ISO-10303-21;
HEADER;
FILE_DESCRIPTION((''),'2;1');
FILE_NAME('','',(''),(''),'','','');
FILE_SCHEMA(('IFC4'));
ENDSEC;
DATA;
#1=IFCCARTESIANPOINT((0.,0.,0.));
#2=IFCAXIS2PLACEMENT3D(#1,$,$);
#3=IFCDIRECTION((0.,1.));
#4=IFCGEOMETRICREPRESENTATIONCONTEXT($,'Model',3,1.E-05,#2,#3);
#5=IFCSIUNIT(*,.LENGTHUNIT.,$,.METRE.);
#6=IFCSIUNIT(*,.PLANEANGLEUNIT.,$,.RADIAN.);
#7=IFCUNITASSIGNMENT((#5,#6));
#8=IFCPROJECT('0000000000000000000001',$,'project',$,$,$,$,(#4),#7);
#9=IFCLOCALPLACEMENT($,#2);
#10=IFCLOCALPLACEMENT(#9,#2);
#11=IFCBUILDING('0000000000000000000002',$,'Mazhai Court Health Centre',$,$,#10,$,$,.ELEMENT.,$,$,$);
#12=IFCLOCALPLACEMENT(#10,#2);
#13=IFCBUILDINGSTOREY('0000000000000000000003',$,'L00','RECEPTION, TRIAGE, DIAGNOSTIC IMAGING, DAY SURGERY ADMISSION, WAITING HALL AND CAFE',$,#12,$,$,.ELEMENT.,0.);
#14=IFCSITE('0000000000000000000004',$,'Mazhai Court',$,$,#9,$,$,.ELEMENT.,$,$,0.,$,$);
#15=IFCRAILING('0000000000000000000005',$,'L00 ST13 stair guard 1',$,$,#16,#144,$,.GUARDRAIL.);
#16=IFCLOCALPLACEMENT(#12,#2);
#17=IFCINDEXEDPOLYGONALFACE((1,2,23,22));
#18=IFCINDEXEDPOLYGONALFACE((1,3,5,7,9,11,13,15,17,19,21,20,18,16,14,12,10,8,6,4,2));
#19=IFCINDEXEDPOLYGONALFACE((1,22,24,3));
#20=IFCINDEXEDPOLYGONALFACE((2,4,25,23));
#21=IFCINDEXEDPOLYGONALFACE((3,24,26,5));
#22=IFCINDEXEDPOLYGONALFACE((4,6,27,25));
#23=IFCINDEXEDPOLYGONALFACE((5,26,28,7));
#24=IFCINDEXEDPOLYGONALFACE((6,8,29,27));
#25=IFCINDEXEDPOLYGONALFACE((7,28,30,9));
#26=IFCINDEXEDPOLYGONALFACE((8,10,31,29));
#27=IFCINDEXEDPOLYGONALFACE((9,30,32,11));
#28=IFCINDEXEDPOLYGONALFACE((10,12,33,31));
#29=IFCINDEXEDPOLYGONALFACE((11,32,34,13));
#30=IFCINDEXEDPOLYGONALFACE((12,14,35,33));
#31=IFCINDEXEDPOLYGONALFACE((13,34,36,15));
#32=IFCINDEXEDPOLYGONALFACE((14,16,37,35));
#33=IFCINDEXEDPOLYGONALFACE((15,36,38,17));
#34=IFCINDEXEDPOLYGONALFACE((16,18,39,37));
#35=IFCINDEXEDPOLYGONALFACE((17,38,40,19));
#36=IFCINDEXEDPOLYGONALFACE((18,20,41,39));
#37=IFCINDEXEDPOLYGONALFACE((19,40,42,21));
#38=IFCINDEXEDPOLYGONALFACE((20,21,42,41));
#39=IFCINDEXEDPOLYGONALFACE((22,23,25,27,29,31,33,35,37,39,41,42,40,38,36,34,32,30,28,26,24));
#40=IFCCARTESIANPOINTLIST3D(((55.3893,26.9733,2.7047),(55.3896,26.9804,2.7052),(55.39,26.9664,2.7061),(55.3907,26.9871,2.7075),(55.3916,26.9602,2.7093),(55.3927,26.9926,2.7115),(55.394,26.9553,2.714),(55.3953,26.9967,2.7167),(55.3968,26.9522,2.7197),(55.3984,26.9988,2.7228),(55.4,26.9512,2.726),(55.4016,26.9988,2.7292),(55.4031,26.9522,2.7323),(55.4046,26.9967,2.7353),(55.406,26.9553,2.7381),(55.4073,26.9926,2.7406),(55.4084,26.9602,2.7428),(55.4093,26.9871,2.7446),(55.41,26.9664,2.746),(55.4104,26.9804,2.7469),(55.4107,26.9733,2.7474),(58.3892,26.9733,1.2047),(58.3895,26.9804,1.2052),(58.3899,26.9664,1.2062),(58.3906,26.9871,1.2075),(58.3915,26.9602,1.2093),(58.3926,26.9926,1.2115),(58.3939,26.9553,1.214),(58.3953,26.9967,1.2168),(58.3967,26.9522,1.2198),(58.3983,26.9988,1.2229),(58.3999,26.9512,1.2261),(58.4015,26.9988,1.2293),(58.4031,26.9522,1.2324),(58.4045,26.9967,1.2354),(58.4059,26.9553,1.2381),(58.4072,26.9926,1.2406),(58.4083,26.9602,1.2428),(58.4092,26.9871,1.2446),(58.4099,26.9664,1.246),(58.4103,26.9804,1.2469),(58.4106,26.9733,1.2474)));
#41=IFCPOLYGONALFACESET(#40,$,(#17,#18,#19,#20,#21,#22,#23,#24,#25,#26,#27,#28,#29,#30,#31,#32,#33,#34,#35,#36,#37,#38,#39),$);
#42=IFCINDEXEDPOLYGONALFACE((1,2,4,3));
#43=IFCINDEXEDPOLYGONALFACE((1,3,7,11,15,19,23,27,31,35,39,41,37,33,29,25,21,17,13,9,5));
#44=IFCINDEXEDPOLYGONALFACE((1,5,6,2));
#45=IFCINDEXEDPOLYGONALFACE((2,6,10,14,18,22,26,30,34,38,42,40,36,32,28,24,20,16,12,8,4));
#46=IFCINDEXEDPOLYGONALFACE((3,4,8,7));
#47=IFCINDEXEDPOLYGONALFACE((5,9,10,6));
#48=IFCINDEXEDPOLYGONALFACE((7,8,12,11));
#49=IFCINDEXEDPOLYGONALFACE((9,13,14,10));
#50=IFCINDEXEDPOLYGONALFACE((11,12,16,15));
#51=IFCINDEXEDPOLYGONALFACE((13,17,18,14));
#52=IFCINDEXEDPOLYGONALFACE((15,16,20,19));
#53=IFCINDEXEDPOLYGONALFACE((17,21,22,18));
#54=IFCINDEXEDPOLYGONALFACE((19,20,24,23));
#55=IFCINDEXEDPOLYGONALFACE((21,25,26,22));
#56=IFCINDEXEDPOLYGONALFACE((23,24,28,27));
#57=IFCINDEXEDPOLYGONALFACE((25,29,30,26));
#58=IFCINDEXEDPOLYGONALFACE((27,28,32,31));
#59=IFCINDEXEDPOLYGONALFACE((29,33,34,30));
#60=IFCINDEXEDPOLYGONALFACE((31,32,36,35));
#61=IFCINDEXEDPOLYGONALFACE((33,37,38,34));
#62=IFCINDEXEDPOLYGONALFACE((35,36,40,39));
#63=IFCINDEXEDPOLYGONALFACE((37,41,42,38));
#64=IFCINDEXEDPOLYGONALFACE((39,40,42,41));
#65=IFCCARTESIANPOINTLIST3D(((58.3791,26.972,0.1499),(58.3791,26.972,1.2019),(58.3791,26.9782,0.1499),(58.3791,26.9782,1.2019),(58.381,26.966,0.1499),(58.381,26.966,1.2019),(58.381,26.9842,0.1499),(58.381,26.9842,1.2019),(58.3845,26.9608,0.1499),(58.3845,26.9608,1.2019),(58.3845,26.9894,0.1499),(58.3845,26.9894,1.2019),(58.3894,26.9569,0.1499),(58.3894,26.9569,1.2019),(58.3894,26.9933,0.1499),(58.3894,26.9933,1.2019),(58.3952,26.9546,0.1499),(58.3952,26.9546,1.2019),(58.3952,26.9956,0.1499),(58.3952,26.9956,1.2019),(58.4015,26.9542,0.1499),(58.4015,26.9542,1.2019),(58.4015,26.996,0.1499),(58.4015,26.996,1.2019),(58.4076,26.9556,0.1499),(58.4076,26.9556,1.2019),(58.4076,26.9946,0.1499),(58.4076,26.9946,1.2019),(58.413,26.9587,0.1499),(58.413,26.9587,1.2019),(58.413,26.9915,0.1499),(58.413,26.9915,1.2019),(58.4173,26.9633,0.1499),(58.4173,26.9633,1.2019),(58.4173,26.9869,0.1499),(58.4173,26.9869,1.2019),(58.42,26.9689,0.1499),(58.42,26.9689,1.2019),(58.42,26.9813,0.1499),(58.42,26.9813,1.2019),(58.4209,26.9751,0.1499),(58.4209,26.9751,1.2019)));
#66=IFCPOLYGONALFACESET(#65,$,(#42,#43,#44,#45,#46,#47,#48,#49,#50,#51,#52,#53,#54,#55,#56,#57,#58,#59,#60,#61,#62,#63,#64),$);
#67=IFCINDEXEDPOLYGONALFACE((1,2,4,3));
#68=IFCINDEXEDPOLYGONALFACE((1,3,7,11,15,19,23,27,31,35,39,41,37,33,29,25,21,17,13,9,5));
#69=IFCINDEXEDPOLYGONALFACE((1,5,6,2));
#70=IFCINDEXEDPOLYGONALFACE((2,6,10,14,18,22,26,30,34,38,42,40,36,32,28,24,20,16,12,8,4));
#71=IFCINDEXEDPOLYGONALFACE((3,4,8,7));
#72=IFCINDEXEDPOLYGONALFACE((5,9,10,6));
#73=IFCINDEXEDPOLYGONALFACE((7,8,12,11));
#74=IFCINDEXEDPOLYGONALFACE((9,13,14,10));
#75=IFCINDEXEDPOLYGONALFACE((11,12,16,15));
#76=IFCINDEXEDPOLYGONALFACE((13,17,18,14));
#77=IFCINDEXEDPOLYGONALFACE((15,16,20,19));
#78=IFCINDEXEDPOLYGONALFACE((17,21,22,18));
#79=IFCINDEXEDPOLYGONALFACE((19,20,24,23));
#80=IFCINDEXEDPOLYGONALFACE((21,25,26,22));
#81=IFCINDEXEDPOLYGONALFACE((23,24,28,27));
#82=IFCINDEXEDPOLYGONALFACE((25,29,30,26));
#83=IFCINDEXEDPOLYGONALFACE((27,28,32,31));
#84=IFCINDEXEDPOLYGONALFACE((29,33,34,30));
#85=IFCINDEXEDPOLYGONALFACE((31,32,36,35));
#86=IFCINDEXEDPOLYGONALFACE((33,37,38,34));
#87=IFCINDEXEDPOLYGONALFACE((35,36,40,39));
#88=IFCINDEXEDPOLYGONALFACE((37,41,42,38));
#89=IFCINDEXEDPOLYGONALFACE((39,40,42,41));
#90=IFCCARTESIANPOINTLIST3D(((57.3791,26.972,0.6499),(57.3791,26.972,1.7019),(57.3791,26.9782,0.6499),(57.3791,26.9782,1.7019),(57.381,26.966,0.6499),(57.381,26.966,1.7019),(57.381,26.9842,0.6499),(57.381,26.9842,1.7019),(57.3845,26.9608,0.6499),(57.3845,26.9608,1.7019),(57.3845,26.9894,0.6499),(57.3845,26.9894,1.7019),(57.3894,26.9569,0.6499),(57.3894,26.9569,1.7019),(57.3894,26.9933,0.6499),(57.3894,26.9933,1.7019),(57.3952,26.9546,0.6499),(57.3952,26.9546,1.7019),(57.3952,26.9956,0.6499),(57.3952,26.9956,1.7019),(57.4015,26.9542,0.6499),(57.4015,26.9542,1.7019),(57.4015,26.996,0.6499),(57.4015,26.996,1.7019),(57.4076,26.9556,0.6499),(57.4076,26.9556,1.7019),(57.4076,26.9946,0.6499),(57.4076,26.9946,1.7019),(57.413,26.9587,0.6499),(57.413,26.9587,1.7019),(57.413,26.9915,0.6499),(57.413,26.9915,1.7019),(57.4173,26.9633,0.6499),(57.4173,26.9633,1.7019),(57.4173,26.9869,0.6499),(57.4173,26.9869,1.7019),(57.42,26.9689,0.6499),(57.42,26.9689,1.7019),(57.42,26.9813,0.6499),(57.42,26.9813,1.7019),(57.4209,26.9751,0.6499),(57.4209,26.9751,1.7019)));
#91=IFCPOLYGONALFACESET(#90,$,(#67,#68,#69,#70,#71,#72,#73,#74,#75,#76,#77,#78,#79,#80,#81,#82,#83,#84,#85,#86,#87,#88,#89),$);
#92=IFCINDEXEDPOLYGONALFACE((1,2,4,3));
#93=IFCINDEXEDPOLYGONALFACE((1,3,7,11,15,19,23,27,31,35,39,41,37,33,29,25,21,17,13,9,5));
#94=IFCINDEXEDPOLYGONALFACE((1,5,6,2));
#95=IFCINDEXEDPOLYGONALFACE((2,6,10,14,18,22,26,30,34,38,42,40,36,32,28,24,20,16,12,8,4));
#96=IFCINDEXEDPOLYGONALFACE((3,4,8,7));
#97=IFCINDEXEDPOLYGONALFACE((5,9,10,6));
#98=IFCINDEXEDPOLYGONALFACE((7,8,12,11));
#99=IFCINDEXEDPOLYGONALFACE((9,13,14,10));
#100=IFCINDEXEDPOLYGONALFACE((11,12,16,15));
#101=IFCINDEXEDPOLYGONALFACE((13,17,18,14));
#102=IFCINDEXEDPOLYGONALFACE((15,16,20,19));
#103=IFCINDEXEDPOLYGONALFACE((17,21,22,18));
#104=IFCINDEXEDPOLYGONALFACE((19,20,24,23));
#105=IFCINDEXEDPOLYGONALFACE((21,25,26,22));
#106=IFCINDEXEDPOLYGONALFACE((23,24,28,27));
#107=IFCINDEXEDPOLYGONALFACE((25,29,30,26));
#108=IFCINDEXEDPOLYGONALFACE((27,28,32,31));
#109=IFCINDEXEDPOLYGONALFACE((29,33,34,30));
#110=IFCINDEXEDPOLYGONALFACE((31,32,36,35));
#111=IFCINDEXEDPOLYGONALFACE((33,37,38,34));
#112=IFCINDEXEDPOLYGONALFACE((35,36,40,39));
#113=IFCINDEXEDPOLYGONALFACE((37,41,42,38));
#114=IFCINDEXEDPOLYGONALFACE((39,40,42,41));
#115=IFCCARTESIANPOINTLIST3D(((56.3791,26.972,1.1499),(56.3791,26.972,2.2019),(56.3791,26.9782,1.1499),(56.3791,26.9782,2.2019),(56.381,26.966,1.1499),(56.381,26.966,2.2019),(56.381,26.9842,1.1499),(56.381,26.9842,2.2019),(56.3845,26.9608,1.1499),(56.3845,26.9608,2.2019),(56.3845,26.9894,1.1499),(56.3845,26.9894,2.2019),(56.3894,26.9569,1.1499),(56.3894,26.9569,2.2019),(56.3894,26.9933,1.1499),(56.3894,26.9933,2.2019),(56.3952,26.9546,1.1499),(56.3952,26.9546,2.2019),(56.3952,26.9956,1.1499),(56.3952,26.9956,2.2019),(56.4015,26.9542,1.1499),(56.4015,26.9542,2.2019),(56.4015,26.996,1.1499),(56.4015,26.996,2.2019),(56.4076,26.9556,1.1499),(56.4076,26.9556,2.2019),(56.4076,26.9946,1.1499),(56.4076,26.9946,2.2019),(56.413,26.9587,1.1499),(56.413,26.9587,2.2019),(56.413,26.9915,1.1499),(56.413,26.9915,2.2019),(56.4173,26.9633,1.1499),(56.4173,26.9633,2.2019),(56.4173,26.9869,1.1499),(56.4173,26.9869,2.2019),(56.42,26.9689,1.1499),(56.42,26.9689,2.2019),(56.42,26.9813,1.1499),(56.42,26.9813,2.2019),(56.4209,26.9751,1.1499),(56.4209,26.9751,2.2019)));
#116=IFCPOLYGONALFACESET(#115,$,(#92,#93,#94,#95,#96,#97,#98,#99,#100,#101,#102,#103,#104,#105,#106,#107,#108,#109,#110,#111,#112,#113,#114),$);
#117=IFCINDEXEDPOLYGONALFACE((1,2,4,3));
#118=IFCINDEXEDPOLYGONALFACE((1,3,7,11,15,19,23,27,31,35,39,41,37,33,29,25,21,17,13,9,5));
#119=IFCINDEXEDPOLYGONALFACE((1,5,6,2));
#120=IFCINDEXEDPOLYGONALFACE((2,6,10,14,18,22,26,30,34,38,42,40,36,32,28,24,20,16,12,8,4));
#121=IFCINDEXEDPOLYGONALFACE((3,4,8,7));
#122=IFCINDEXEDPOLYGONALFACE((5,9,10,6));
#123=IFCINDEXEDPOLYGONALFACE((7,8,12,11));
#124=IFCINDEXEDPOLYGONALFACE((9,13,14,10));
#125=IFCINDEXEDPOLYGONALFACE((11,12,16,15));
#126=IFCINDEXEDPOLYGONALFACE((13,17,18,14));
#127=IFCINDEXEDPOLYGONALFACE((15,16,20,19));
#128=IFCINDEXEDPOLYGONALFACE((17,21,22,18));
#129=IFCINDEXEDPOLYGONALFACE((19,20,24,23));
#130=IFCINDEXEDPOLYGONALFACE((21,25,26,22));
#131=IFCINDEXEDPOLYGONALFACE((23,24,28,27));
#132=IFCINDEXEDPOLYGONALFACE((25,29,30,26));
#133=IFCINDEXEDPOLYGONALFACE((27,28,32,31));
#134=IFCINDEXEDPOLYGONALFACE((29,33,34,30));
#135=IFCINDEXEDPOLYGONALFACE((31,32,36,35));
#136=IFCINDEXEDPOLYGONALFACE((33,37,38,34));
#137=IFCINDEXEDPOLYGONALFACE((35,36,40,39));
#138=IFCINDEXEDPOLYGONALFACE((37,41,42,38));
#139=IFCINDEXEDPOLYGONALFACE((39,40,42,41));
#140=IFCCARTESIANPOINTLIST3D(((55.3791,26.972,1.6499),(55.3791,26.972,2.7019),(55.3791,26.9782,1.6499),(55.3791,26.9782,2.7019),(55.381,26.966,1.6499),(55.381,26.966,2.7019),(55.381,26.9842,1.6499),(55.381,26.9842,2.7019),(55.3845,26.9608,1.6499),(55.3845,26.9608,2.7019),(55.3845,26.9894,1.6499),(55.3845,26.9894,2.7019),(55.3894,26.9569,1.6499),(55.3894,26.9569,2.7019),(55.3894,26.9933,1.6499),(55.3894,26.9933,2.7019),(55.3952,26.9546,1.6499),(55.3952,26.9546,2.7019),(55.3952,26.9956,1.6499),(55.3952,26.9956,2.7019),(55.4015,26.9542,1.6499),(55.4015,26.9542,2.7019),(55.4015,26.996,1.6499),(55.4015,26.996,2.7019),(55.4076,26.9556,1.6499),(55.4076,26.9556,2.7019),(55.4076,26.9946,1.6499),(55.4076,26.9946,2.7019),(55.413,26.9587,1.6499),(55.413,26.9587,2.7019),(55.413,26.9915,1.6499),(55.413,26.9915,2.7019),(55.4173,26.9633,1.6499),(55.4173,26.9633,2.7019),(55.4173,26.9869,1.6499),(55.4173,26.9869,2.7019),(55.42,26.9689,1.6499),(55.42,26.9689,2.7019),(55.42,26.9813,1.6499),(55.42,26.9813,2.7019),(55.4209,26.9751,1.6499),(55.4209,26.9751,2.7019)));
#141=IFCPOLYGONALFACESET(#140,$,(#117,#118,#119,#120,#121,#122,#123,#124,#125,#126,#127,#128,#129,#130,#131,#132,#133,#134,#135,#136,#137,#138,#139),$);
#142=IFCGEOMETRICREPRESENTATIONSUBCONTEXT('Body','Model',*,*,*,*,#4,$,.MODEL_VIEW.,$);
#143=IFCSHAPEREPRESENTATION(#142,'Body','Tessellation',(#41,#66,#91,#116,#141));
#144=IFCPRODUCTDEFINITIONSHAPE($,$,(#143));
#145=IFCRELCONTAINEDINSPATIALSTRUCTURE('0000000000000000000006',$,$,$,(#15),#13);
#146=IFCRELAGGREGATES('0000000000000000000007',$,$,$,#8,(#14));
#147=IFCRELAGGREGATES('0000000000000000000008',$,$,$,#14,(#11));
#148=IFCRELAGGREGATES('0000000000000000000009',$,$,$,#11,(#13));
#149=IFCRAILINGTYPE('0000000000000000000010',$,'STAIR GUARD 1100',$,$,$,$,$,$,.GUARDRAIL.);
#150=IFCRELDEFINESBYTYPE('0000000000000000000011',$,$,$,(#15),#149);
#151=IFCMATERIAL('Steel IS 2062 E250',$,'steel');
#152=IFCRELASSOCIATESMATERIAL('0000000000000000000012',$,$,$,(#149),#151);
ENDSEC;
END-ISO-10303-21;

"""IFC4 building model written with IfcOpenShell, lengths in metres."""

from ifc_helpers import new_model, si_unit, direction, frame, origin, origin_2d, place, context, subcontext, project, spatial, circle, extrude, material, type_object, element, save


model = new_model("IFC4")

# Units and contexts
model_context = context("Model", 3, precision=1e-05, world=origin(), true_north=direction((0.0, 1.0)))
body_context = subcontext(model_context, "Body", "Model", "MODEL_VIEW")
ifc_project = project(units=[si_unit("LENGTHUNIT", "METRE"), si_unit("PLANEANGLEUNIT", "RADIAN")], contexts=[model_context])

# Site, building, storey
site_placement = place(None, origin())
site = spatial("IfcSite", under=ifc_project, at=site_placement, Name="Mazhai Court", CompositionType="ELEMENT", RefElevation=0.0)
building_placement = place(site_placement, origin())
building = spatial("IfcBuilding", under=site, at=building_placement, Name="Mazhai Court Health Centre", CompositionType="ELEMENT")
storey_placement = place(building_placement, origin())
storey = spatial("IfcBuildingStorey", under=building, at=storey_placement, Name="L00", Description="RECEPTION, TRIAGE, DIAGNOSTIC IMAGING, DAY SURGERY ADMISSION, WAITING HALL AND CAFE", CompositionType="ELEMENT", Elevation=0.0)

# Railing
ifc_material_1 = material(Name="Steel IS 2062 E250", Category="steel")
railing_type_1 = type_object("IfcRailingType", Name="STAIR GUARD 1100", PredefinedType="GUARDRAIL", material=ifc_material_1)
for number, where, name in (
    (1, (58.3999, 26.9751, 0.1499), "L00 ST13 stair guard 1"),
):
    element("IfcRailing", number, at=place(storey_placement, frame(where)), inside=storey, type_object=railing_type_1, Name=name, PredefinedType="GUARDRAIL", context=body_context, shape_type="SweptSolid", body=[
        extrude(circle(Radius=0.0239, at=origin_2d()), frame((0.0, 0.0, 1.0762), z_axis=(-0.894427, 0.0, 0.447214), x_axis=(0.0, -1.0, 0.0)), (0.0, 0.0, 1.0), 3.354),
        extrude(circle(Radius=0.021, at=origin_2d()), origin(), (0.0, 0.0, 1.0), 1.052),
        extrude(circle(Radius=0.021, at=origin_2d()), frame((-1.0, 0.0, 0.5)), (0.0, 0.0, 1.0), 1.052),
        extrude(circle(Radius=0.021, at=origin_2d()), frame((-2.0, 0.0, 1.0)), (0.0, 0.0, 1.0), 1.052),
        extrude(circle(Radius=0.021, at=origin_2d()), frame((-3.0, 0.0, 1.5)), (0.0, 0.0, 1.0), 1.052),
    ])

save(model, "model.ifc")
